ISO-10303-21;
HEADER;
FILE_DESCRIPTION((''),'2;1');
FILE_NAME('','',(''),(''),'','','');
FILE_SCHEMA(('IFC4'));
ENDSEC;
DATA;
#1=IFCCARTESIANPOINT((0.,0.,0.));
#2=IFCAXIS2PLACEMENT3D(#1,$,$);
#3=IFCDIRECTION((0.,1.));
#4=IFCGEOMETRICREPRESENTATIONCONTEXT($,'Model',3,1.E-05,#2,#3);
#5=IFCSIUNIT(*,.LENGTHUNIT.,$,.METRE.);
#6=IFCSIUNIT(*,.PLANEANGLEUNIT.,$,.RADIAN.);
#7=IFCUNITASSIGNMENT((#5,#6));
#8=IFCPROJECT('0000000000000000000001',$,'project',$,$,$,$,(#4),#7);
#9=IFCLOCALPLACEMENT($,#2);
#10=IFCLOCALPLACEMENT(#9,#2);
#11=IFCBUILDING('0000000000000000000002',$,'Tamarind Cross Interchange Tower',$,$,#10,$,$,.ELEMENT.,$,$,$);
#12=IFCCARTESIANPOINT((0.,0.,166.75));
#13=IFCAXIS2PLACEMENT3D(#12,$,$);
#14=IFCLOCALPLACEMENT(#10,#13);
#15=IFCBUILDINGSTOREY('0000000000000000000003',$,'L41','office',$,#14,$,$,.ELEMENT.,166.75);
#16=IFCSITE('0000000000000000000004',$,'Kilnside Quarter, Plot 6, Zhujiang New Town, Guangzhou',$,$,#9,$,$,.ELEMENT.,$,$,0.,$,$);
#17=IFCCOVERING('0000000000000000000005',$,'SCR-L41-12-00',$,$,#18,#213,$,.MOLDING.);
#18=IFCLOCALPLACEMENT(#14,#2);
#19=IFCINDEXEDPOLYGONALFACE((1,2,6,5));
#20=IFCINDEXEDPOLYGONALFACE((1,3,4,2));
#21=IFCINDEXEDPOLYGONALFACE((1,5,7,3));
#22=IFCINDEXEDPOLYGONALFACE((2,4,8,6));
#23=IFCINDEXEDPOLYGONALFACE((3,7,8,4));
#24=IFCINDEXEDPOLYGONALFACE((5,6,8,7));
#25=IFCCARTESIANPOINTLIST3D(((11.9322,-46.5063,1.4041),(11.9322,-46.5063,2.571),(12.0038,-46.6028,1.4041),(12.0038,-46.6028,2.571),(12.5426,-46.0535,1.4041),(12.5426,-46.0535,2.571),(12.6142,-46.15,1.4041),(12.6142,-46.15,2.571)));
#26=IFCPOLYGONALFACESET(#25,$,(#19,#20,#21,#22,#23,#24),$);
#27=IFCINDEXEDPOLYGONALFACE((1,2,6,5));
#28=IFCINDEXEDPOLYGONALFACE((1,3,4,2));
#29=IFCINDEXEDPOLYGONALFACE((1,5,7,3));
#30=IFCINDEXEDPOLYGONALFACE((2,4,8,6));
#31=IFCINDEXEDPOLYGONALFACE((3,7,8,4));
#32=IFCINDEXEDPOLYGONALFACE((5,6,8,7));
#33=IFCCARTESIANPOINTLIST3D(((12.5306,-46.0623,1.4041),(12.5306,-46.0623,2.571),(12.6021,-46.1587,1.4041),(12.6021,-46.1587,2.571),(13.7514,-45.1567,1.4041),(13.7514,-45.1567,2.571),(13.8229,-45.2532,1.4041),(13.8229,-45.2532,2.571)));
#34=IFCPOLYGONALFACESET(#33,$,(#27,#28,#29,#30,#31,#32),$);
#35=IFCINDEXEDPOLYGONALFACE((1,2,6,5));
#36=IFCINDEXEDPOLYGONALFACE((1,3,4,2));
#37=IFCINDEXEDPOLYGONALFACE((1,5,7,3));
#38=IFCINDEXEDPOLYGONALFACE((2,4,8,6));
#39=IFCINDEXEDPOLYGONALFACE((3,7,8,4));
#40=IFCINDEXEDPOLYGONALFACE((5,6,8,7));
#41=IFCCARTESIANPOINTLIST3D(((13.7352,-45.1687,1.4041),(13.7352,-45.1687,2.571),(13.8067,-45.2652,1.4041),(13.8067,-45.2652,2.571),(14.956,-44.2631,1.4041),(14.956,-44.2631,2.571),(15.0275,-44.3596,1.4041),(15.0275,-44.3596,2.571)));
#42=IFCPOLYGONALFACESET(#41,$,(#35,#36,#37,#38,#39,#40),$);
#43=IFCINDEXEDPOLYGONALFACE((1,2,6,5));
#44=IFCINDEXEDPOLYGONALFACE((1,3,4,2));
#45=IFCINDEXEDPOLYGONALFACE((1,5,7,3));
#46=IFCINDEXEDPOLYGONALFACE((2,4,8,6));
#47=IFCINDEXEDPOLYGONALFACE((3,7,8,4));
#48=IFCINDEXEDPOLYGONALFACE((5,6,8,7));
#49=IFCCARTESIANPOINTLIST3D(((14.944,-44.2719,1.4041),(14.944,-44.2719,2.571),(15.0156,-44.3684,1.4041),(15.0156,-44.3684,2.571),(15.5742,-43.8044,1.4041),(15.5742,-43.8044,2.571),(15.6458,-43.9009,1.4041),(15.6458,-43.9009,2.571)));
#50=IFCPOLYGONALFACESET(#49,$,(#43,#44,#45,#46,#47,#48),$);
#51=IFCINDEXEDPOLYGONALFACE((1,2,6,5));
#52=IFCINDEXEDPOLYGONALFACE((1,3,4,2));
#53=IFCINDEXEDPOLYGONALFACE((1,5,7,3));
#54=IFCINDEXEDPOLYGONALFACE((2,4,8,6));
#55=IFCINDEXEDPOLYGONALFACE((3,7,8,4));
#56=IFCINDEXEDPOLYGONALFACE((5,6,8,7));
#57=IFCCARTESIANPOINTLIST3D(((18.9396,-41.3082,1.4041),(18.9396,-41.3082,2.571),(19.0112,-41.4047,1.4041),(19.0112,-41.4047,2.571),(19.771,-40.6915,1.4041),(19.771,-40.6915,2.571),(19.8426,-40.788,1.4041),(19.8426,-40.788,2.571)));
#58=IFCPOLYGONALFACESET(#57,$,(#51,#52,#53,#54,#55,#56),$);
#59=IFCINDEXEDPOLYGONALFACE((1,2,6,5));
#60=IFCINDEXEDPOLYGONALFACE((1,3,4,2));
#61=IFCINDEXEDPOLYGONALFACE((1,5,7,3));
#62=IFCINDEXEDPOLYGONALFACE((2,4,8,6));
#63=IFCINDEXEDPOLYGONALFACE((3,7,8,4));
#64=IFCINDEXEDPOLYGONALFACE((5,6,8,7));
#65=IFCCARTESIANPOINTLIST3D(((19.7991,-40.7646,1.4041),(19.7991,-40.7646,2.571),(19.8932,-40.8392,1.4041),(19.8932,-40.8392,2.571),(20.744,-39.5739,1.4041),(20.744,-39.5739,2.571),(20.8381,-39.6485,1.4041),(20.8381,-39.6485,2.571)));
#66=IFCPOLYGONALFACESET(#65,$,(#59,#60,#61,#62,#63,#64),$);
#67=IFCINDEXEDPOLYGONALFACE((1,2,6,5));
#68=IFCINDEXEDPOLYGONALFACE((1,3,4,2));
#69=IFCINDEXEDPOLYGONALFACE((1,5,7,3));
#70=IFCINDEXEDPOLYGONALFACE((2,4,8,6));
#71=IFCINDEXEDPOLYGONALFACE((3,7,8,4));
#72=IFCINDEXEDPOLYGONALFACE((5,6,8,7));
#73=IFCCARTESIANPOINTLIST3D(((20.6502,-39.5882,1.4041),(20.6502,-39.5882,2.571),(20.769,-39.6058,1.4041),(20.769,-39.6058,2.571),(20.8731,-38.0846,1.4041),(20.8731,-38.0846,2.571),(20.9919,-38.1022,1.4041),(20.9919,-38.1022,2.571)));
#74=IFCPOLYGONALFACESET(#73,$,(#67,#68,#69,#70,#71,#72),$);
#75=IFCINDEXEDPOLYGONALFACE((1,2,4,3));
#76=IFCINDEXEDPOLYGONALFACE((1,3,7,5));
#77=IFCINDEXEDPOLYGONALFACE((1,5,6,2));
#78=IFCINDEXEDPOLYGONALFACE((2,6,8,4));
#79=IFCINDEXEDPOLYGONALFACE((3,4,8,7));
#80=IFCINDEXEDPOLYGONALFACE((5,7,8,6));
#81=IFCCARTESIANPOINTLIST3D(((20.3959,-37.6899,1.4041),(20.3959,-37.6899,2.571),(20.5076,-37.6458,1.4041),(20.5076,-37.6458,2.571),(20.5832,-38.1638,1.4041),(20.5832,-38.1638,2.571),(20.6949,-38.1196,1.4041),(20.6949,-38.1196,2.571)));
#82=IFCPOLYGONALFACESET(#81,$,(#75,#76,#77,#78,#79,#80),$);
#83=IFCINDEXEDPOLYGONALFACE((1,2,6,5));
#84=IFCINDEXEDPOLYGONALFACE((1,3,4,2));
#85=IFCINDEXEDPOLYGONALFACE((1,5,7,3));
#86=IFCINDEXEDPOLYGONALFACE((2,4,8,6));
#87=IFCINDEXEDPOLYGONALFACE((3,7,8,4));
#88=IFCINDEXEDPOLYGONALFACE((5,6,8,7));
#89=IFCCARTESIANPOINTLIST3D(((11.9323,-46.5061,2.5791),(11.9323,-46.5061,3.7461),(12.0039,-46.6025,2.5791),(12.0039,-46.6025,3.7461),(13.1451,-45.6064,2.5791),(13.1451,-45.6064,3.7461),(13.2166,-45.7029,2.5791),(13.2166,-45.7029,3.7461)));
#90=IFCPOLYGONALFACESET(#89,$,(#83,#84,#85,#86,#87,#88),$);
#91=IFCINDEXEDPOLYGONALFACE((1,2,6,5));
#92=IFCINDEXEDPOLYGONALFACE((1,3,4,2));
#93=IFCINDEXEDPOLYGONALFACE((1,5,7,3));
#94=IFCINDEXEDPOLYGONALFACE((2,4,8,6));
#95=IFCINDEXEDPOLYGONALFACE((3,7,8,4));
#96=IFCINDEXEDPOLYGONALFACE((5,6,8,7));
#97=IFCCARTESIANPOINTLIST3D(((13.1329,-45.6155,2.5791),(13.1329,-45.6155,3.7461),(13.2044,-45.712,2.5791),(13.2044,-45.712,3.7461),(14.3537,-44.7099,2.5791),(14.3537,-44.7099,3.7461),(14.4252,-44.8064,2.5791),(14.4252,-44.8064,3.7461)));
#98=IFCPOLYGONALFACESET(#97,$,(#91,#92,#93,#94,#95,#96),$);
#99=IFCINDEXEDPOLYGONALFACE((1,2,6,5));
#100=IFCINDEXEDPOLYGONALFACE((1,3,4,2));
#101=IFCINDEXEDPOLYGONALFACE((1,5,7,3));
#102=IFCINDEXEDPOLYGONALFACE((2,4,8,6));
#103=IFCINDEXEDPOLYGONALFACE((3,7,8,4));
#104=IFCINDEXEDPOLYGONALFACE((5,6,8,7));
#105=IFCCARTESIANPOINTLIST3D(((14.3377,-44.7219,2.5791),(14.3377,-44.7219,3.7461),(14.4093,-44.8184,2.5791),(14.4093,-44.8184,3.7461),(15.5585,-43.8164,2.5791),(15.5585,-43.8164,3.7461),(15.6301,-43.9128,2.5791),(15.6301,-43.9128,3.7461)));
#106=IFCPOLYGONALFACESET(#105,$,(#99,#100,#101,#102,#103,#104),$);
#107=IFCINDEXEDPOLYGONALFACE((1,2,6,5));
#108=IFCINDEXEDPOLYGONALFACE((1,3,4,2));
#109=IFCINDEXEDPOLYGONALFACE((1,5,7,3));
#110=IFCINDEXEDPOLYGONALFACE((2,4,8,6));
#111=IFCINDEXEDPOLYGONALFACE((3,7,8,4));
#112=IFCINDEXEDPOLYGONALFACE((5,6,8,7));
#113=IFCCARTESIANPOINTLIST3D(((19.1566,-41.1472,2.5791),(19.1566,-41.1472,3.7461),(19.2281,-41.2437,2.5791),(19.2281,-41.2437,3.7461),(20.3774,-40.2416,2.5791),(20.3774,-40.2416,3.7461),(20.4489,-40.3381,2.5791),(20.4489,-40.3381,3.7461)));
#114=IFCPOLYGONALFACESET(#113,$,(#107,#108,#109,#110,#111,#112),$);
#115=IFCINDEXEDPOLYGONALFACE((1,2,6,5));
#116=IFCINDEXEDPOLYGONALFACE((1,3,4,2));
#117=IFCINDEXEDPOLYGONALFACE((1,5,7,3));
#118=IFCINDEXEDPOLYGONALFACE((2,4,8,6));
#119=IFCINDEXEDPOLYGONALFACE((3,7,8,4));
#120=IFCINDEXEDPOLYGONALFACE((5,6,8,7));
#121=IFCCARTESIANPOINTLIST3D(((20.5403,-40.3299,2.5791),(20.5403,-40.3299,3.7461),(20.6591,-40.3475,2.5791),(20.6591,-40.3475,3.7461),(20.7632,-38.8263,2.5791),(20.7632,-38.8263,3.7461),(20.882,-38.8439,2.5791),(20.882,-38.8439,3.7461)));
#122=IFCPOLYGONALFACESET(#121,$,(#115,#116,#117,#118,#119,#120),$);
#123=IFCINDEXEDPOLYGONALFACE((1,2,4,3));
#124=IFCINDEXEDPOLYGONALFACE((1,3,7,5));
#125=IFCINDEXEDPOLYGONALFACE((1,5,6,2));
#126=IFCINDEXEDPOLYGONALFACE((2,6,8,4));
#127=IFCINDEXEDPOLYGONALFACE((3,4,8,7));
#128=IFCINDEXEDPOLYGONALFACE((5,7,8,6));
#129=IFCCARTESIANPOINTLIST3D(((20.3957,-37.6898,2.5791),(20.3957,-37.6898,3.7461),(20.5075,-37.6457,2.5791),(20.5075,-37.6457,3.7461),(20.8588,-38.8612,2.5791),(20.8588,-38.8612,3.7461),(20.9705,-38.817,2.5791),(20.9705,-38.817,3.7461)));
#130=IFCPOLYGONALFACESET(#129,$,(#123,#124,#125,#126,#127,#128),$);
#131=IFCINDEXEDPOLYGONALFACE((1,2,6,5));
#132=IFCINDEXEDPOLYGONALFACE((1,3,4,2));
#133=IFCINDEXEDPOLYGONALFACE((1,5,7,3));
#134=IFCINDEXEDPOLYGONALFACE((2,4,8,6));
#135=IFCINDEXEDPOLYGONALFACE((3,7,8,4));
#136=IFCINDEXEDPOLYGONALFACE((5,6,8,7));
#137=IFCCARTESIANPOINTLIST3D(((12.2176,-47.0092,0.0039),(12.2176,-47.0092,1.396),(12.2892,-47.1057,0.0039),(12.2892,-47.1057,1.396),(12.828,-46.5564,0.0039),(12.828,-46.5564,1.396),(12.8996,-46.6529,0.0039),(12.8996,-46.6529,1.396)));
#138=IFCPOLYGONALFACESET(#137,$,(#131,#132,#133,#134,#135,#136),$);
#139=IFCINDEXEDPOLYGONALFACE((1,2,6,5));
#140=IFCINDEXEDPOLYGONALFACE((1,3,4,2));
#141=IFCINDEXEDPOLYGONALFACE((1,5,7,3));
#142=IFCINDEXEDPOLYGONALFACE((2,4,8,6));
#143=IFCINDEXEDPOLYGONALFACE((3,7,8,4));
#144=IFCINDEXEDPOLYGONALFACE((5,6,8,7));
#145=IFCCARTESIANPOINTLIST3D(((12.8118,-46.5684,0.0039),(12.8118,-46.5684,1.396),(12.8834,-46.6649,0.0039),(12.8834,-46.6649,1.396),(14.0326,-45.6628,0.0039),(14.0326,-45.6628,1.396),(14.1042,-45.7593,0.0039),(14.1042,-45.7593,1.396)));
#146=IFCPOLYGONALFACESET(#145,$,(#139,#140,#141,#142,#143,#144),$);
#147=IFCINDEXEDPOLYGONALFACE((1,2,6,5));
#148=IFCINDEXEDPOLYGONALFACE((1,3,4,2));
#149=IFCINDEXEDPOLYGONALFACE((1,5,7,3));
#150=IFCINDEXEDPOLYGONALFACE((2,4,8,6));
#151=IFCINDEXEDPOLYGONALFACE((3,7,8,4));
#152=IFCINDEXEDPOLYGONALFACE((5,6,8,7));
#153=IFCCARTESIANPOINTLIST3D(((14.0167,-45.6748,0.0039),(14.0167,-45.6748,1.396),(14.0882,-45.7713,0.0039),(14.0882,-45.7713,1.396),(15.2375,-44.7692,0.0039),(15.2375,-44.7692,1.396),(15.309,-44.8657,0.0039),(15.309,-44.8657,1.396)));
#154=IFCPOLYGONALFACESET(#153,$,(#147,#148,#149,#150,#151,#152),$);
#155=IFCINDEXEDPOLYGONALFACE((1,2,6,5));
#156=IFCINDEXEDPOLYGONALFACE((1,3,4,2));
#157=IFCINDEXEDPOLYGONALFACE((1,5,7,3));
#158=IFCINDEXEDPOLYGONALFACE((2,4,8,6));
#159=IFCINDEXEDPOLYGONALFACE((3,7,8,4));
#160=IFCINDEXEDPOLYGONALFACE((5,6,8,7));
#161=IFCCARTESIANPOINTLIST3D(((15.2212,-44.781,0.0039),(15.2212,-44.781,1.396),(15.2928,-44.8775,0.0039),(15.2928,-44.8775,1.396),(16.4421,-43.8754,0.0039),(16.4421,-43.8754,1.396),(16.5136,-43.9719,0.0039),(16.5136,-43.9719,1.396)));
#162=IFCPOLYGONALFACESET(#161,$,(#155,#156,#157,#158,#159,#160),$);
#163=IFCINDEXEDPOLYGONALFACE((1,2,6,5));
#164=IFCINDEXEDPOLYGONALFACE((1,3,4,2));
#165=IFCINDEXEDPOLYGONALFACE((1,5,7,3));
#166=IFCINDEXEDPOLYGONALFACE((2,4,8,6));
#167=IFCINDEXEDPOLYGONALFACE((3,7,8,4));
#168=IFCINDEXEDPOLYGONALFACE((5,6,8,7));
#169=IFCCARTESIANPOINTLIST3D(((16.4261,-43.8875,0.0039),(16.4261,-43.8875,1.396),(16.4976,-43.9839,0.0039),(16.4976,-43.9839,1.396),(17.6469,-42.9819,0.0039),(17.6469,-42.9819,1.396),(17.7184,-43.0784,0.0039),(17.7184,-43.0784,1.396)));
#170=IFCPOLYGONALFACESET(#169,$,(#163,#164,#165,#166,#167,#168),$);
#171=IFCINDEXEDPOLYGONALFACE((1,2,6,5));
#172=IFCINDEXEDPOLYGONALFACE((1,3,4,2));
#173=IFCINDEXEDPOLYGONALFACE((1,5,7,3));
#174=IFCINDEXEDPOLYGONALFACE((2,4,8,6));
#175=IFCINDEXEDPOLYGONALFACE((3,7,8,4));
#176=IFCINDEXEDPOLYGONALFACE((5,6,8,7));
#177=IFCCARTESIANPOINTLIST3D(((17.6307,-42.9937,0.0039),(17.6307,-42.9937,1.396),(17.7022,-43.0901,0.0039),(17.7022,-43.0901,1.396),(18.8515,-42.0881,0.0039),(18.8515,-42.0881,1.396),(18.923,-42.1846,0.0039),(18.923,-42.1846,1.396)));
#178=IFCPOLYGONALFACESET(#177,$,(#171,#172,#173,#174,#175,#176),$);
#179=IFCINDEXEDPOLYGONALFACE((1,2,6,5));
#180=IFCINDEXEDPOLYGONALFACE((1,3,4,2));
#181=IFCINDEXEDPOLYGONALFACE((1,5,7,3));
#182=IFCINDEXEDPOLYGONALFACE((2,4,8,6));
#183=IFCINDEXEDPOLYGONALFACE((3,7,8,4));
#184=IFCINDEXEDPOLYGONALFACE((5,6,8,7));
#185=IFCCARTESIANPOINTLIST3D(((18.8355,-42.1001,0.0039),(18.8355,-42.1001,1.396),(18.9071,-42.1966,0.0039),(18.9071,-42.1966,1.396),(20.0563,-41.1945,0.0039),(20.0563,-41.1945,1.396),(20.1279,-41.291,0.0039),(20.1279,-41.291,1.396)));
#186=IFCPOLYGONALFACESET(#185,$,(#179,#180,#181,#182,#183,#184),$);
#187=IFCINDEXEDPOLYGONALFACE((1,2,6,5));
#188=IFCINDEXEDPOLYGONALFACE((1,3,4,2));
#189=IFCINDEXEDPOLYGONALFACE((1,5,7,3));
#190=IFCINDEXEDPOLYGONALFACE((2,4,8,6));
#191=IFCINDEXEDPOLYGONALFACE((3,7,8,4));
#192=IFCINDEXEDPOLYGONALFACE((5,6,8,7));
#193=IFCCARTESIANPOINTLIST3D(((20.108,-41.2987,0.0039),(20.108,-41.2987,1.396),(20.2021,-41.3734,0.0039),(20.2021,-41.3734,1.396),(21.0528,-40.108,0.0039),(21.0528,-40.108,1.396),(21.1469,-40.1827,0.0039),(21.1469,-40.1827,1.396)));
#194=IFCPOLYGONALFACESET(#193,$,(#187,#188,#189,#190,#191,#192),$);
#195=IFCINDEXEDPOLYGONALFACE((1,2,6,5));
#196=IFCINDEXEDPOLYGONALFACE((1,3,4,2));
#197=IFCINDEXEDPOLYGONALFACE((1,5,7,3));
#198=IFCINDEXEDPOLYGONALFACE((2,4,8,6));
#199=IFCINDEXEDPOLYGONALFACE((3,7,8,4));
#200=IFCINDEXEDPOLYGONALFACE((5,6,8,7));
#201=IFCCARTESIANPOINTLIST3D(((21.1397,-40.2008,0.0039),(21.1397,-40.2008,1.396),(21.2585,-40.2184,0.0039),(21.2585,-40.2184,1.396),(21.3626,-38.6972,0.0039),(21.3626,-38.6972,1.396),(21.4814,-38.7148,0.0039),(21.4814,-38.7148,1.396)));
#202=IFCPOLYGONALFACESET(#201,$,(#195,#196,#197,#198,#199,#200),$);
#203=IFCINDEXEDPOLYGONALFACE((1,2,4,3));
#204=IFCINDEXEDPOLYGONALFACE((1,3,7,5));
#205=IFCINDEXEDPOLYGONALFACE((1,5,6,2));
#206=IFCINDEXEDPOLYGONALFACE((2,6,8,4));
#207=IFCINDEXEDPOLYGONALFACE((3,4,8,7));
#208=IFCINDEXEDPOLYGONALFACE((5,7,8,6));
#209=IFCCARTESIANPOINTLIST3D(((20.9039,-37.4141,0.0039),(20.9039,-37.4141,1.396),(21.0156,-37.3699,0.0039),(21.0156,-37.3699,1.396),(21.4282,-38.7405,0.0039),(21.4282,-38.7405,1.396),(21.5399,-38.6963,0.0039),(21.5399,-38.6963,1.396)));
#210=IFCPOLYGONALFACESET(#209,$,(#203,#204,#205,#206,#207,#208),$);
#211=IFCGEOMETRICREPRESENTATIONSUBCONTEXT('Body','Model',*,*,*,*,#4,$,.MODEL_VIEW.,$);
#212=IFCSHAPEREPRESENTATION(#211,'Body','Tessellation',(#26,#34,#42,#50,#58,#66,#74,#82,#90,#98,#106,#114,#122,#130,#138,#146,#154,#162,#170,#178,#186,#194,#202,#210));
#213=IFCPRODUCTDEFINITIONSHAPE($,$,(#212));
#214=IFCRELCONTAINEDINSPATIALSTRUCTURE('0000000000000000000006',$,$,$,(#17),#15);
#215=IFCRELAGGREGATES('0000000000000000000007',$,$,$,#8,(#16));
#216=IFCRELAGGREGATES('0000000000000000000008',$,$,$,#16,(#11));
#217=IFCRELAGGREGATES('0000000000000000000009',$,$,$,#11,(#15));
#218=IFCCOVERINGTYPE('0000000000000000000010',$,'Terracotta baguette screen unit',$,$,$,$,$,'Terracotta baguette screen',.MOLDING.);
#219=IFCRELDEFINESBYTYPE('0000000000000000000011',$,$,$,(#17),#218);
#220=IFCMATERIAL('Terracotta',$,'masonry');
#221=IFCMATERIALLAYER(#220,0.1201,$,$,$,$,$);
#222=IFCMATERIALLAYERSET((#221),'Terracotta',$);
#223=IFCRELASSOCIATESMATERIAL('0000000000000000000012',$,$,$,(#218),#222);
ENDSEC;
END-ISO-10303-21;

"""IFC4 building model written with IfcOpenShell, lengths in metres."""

from ifc_helpers import new_model, si_unit, direction, frame, origin, origin_2d, place, context, subcontext, project, spatial, rectangle, extrude, material, layer, layer_set, type_object, element, save


model = new_model("IFC4")

# Units and contexts
model_context = context("Model", 3, precision=1e-05, world=origin(), true_north=direction((0.0, 1.0)))
body_context = subcontext(model_context, "Body", "Model", "MODEL_VIEW")
ifc_project = project(units=[si_unit("LENGTHUNIT", "METRE"), si_unit("PLANEANGLEUNIT", "RADIAN")], contexts=[model_context])

# Site, building, storey
site_placement = place(None, origin())
site = spatial("IfcSite", under=ifc_project, at=site_placement, Name="Kilnside Quarter, Plot 6, Zhujiang New Town, Guangzhou", CompositionType="ELEMENT", RefElevation=0.0)
building_placement = place(site_placement, origin())
building = spatial("IfcBuilding", under=site, at=building_placement, Name="Tamarind Cross Interchange Tower", CompositionType="ELEMENT")
storey_placement = place(building_placement, frame((0.0, 0.0, 166.75)))
storey = spatial("IfcBuildingStorey", under=building, at=storey_placement, Name="L41", Description="office", CompositionType="ELEMENT", Elevation=166.75)

# Covering
ifc_material_1 = material(Name="Terracotta", Category="masonry")
ifc_layer_1 = layer(ifc_material_1, 0.1201)
ifc_layer_set_1 = layer_set([ifc_layer_1], Name="Terracotta")
covering_type = type_object("IfcCoveringType", Name="Terracotta baguette screen unit", ElementType="Terracotta baguette screen", PredefinedType="MOLDING", material=ifc_layer_set_1)
covering_1_placement = place(storey_placement, origin())
element("IfcCovering", 1, at=covering_1_placement, inside=storey, type_object=covering_type, Name="SCR-L41-12-00", PredefinedType="MOLDING", context=body_context, shape_type="SweptSolid", body=[
    extrude(rectangle(XDim=0.76, YDim=0.1201, at=origin_2d()), frame((12.2732, -46.3281, 1.4041), z_axis=(0.0, 0.0, 1.0), x_axis=(0.80315, 0.595776, 0.0)), (0.0, 0.0, 1.0), 1.167),
    extrude(rectangle(XDim=1.52, YDim=0.1201, at=origin_2d()), frame((13.1768, -45.6577, 1.4041), z_axis=(0.0, 0.0, 1.0), x_axis=(0.80315, 0.595776, 0.0)), (0.0, 0.0, 1.0), 1.167),
    extrude(rectangle(XDim=1.52, YDim=0.1201, at=origin_2d()), frame((14.3813, -44.7642, 1.4041), z_axis=(0.0, 0.0, 1.0), x_axis=(0.80315, 0.595776, 0.0)), (0.0, 0.0, 1.0), 1.167),
    extrude(rectangle(XDim=0.7847, YDim=0.1201, at=origin_2d()), frame((15.2949, -44.0864, 1.4041), z_axis=(0.0, 0.0, 1.0), x_axis=(0.80315, 0.595776, 0.0)), (0.0, 0.0, 1.0), 1.167),
    extrude(rectangle(XDim=1.0352, YDim=0.1201, at=origin_2d()), frame((19.3911, -41.0481, 1.4041), z_axis=(0.0, 0.0, 1.0), x_axis=(0.80315, 0.595776, 0.0)), (0.0, 0.0, 1.0), 1.167),
    extrude(rectangle(XDim=1.52, YDim=0.1201, at=origin_2d()), frame((20.3186, -40.2065, 1.4041), z_axis=(0.0, 0.0, 1.0), x_axis=(0.621585, 0.783346, 0.0)), (0.0, 0.0, 1.0), 1.167),
    extrude(rectangle(XDim=1.52, YDim=0.1201, at=origin_2d()), frame((20.821, -38.8452, 1.4041), z_axis=(0.0, 0.0, 1.0), x_axis=(0.146636, 0.989191, 0.0)), (0.0, 0.0, 1.0), 1.167),
    extrude(rectangle(XDim=0.5095, YDim=0.1201, at=origin_2d()), frame((20.5454, -37.9048, 1.4041), z_axis=(0.0, 0.0, 1.0), x_axis=(-0.367605, 0.929982, 0.0)), (0.0, 0.0, 1.0), 1.167),
    extrude(rectangle(XDim=1.51, YDim=0.1201, at=origin_2d()), frame((12.5745, -46.1045, 2.5791), z_axis=(0.0, 0.0, 1.0), x_axis=(0.80315, 0.595776, 0.0)), (0.0, 0.0, 1.0), 1.167),
    extrude(rectangle(XDim=1.52, YDim=0.1201, at=origin_2d()), frame((13.7791, -45.2109, 2.5791), z_axis=(0.0, 0.0, 1.0), x_axis=(0.80315, 0.595776, 0.0)), (0.0, 0.0, 1.0), 1.167),
    extrude(rectangle(XDim=1.52, YDim=0.1201, at=origin_2d()), frame((14.9839, -44.3174, 2.5791), z_axis=(0.0, 0.0, 1.0), x_axis=(0.80315, 0.595776, 0.0)), (0.0, 0.0, 1.0), 1.167),
    extrude(rectangle(XDim=1.52, YDim=0.1201, at=origin_2d()), frame((19.8027, -40.7427, 2.5791), z_axis=(0.0, 0.0, 1.0), x_axis=(0.80315, 0.595776, 0.0)), (0.0, 0.0, 1.0), 1.167),
    extrude(rectangle(XDim=1.52, YDim=0.1201, at=origin_2d()), frame((20.7112, -39.5869, 2.5791), z_axis=(0.0, 0.0, 1.0), x_axis=(0.146636, 0.989191, 0.0)), (0.0, 0.0, 1.0), 1.167),
    extrude(rectangle(XDim=1.2595, YDim=0.1201, at=origin_2d()), frame((20.6831, -38.2534, 2.5791), z_axis=(0.0, 0.0, 1.0), x_axis=(-0.367605, 0.929982, 0.0)), (0.0, 0.0, 1.0), 1.167),
    extrude(rectangle(XDim=0.76, YDim=0.1201, at=origin_2d()), frame((12.5586, -46.8311, 0.0039), z_axis=(0.0, 0.0, 1.0), x_axis=(0.80315, 0.595776, 0.0)), (0.0, 0.0, 1.0), 1.3921),
    extrude(rectangle(XDim=1.52, YDim=0.1201, at=origin_2d()), frame((13.458, -46.1638, 0.0039), z_axis=(0.0, 0.0, 1.0), x_axis=(0.80315, 0.595776, 0.0)), (0.0, 0.0, 1.0), 1.3921),
    extrude(rectangle(XDim=1.52, YDim=0.1201, at=origin_2d()), frame((14.6628, -45.2703, 0.0039), z_axis=(0.0, 0.0, 1.0), x_axis=(0.80315, 0.595776, 0.0)), (0.0, 0.0, 1.0), 1.3921),
    extrude(rectangle(XDim=1.52, YDim=0.1201, at=origin_2d()), frame((15.8674, -44.3765, 0.0039), z_axis=(0.0, 0.0, 1.0), x_axis=(0.80315, 0.595776, 0.0)), (0.0, 0.0, 1.0), 1.3921),
    extrude(rectangle(XDim=1.52, YDim=0.1201, at=origin_2d()), frame((17.0723, -43.4829, 0.0039), z_axis=(0.0, 0.0, 1.0), x_axis=(0.80315, 0.595776, 0.0)), (0.0, 0.0, 1.0), 1.3921),
    extrude(rectangle(XDim=1.52, YDim=0.1201, at=origin_2d()), frame((18.2769, -42.5891, 0.0039), z_axis=(0.0, 0.0, 1.0), x_axis=(0.80315, 0.595776, 0.0)), (0.0, 0.0, 1.0), 1.3921),
    extrude(rectangle(XDim=1.52, YDim=0.1201, at=origin_2d()), frame((19.4817, -41.6956, 0.0039), z_axis=(0.0, 0.0, 1.0), x_axis=(0.80315, 0.595776, 0.0)), (0.0, 0.0, 1.0), 1.3921),
    extrude(rectangle(XDim=1.52, YDim=0.1201, at=origin_2d()), frame((20.6274, -40.7407, 0.0039), z_axis=(0.0, 0.0, 1.0), x_axis=(0.621585, 0.783346, 0.0)), (0.0, 0.0, 1.0), 1.3921),
    extrude(rectangle(XDim=1.52, YDim=0.1201, at=origin_2d()), frame((21.3105, -39.4578, 0.0039), z_axis=(0.0, 0.0, 1.0), x_axis=(0.146636, 0.989191, 0.0)), (0.0, 0.0, 1.0), 1.3921),
    extrude(rectangle(XDim=1.4263, YDim=0.1201, at=origin_2d()), frame((21.2219, -38.0552, 0.0039), z_axis=(0.0, 0.0, 1.0), x_axis=(-0.367605, 0.929982, 0.0)), (0.0, 0.0, 1.0), 1.3921),
])

save(model, "model.ifc")
